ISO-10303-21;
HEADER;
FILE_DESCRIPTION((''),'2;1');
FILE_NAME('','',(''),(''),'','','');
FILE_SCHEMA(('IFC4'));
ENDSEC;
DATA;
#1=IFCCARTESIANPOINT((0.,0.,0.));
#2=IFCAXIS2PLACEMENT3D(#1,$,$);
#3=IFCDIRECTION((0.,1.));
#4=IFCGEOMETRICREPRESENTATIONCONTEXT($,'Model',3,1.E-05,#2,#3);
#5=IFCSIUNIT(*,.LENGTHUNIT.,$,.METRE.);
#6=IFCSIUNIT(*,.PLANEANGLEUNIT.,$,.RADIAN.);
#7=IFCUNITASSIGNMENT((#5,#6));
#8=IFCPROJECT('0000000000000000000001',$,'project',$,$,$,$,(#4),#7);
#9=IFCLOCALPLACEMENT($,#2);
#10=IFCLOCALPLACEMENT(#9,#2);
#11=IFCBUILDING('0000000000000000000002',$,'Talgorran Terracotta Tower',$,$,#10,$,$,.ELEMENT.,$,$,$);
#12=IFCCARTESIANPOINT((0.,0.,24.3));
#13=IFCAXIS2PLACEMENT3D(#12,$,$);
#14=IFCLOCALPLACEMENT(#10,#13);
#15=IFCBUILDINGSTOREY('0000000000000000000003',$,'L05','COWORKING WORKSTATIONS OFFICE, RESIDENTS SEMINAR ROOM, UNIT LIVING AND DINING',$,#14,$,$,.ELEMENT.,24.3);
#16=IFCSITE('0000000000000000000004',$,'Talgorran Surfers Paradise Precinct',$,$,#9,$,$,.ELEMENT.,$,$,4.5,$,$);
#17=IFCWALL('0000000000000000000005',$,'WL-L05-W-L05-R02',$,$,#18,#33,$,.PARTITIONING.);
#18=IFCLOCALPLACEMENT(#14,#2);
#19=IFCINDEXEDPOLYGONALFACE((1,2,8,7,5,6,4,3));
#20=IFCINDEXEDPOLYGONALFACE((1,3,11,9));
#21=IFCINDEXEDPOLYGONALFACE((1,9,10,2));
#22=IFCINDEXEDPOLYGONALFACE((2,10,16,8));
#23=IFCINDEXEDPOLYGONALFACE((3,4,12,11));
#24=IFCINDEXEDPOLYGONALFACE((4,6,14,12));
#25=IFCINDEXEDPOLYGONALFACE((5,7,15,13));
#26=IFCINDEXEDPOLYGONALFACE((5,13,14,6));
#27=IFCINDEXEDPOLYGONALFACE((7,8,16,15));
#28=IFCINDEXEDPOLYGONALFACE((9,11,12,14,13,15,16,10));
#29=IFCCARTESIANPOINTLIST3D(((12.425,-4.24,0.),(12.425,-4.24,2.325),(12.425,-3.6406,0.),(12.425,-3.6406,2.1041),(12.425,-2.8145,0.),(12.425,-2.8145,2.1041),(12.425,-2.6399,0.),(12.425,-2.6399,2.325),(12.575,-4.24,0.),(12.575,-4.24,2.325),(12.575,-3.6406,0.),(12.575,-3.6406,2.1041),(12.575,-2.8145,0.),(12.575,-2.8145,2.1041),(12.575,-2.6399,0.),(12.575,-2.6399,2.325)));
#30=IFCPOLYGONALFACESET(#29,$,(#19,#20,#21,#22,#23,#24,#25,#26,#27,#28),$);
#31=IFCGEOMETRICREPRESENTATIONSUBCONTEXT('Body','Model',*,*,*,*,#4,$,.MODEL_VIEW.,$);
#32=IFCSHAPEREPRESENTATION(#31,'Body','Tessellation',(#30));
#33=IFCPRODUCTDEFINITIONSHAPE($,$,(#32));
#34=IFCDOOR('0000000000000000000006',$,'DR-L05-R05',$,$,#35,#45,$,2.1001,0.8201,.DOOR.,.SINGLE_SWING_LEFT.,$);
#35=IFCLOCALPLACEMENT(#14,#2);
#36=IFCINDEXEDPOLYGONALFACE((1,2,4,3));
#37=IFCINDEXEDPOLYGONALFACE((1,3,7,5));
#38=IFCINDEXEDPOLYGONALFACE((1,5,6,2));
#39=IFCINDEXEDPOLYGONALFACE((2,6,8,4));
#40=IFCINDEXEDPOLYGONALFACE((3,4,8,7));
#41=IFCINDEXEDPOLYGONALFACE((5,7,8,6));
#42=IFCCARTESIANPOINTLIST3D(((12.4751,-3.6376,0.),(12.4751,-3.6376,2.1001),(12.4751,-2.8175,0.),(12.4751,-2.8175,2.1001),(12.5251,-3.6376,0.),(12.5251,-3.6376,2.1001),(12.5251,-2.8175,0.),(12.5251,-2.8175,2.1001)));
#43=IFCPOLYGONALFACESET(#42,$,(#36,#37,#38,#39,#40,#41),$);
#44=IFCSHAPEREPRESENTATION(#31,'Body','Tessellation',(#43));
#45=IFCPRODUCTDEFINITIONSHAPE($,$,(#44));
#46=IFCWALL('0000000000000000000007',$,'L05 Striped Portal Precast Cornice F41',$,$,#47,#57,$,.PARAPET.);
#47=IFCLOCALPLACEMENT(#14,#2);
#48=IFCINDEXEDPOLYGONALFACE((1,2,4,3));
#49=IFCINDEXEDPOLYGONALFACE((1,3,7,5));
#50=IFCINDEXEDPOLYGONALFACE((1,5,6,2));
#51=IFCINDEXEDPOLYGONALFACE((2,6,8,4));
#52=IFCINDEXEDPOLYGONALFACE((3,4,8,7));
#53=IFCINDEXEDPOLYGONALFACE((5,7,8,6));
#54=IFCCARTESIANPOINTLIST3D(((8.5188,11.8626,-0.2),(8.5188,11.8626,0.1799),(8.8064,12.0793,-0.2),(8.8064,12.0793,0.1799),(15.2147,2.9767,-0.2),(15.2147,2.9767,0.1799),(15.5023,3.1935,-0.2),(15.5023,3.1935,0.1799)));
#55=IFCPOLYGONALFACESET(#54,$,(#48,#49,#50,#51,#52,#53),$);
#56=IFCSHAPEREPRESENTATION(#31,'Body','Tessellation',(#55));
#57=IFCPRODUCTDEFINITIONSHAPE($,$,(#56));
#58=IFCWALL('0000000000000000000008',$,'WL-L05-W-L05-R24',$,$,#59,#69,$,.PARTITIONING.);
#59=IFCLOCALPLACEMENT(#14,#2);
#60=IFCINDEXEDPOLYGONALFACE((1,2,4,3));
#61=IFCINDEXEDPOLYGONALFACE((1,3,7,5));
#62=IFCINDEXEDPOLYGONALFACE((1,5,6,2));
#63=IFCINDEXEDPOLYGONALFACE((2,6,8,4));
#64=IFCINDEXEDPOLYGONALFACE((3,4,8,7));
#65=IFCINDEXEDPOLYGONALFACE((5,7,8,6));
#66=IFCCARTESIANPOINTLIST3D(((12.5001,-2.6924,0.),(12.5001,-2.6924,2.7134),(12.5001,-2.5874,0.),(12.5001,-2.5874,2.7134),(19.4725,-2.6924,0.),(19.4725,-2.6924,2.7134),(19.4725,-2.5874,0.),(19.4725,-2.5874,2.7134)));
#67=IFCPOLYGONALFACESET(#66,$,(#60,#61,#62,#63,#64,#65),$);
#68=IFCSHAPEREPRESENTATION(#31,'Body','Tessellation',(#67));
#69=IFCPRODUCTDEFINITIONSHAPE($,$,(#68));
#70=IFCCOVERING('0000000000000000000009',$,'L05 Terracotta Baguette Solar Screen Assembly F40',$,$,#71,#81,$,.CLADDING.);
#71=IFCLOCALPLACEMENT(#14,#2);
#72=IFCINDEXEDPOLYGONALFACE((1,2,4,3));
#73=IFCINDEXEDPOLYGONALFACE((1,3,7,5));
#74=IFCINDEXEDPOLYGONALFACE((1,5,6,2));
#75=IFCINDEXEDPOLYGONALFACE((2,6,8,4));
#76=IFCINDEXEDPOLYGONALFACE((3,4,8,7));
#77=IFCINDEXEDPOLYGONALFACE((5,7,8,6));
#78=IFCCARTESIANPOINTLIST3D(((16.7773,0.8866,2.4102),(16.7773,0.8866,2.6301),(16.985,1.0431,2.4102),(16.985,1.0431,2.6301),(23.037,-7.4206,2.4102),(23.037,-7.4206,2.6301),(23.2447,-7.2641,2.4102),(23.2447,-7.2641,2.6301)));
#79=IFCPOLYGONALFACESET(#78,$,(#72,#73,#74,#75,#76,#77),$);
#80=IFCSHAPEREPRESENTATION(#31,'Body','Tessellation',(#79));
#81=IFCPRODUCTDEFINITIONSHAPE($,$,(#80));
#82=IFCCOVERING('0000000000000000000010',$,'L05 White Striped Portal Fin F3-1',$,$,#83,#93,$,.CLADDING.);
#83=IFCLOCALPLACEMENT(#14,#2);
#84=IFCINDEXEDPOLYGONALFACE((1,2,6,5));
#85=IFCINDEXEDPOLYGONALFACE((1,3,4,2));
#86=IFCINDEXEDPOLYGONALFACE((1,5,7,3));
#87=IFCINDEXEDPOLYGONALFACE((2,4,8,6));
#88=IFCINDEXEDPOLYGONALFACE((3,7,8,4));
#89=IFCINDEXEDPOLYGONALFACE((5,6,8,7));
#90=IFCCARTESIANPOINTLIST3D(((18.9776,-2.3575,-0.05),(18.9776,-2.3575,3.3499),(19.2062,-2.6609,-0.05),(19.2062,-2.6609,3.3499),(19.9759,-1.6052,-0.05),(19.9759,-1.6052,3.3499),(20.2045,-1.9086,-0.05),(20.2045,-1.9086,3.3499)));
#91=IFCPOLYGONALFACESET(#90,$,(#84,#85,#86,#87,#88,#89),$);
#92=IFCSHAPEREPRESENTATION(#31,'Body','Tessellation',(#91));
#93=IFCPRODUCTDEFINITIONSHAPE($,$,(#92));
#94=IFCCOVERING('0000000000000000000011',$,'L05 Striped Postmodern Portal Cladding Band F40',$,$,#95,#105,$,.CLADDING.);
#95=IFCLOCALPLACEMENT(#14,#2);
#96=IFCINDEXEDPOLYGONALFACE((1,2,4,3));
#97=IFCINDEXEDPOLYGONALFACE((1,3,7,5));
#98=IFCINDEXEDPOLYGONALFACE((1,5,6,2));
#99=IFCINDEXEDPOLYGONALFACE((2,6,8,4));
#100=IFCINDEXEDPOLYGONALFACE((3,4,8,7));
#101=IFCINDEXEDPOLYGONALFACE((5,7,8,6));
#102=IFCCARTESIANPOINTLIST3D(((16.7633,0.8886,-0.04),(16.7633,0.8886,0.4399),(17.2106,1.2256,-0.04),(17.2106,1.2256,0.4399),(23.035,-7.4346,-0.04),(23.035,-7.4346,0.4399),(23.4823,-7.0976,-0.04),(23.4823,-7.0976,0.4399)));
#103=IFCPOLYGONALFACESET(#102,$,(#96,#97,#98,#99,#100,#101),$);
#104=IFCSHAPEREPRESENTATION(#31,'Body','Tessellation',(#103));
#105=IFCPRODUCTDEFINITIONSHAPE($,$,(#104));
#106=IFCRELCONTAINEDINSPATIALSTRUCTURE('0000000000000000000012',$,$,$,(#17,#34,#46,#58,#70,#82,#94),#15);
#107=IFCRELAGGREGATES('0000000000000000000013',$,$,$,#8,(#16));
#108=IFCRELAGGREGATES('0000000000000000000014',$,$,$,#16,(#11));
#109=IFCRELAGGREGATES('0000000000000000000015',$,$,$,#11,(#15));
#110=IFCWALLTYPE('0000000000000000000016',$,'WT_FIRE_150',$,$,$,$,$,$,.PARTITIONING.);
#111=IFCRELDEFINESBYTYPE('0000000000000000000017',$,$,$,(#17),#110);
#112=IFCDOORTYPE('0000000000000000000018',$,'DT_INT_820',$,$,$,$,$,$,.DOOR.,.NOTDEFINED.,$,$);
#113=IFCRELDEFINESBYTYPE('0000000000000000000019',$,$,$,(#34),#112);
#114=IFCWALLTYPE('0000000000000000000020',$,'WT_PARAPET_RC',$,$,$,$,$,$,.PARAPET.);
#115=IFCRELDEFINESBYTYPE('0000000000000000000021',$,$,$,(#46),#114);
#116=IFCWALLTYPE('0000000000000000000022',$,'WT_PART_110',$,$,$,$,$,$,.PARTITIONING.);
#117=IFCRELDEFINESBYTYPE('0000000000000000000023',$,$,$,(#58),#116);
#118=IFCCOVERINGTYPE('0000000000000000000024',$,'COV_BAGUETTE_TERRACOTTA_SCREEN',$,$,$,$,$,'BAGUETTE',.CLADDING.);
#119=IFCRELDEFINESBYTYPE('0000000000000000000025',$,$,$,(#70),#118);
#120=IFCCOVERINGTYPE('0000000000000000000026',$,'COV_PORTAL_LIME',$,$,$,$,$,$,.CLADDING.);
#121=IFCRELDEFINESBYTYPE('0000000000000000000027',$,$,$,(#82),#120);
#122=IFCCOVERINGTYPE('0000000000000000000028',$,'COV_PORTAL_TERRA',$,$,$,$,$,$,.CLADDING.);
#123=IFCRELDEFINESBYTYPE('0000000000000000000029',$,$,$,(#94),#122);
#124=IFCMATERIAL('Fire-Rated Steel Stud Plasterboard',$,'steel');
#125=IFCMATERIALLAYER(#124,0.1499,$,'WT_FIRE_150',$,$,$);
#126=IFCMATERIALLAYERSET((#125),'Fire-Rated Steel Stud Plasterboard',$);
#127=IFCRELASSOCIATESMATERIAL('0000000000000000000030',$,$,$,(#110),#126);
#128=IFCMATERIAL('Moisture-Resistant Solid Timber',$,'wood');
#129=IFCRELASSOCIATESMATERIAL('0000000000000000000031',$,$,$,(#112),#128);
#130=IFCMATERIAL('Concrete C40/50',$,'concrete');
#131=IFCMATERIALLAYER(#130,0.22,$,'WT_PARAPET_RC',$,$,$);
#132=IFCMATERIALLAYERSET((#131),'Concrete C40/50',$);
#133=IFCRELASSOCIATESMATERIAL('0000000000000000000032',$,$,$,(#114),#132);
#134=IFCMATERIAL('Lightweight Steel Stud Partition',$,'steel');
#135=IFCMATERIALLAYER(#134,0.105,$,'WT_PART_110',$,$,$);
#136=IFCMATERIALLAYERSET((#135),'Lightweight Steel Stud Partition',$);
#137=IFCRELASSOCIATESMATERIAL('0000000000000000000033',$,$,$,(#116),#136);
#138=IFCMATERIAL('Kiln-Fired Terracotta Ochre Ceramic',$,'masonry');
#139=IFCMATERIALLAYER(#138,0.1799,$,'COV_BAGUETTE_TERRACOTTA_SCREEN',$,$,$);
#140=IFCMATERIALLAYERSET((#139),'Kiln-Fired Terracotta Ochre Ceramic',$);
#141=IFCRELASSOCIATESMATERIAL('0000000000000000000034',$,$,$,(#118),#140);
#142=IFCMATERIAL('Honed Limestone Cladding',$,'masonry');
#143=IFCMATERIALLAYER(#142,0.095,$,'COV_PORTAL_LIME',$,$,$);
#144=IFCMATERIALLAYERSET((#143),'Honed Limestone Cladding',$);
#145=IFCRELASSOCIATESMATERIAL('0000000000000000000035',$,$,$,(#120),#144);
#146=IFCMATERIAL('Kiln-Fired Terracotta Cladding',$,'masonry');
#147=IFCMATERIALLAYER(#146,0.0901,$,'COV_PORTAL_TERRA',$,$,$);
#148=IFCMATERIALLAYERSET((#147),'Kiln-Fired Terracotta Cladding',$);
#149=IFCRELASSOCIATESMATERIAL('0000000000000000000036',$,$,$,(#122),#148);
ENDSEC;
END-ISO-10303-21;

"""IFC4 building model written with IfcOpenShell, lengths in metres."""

from ifc_helpers import new_model, si_unit, direction, frame, frame_2d, origin, origin_2d, place, context, subcontext, project, spatial, rectangle, extrude, material, layer, layer_set, type_object, element, fill, save


model = new_model("IFC4")

# Units and contexts
model_context = context("Model", 3, precision=1e-05, world=origin(), true_north=direction((0.0, 1.0)))
body_context = subcontext(model_context, "Body", "Model", "MODEL_VIEW")
ifc_project = project(units=[si_unit("LENGTHUNIT", "METRE"), si_unit("PLANEANGLEUNIT", "RADIAN")], contexts=[model_context])

# Site, building, storey
site_placement = place(None, origin())
site = spatial("IfcSite", under=ifc_project, at=site_placement, Name="Talgorran Surfers Paradise Precinct", CompositionType="ELEMENT", RefElevation=4.5)
building_placement = place(site_placement, origin())
building = spatial("IfcBuilding", under=site, at=building_placement, Name="Talgorran Terracotta Tower", CompositionType="ELEMENT")
storey_placement = place(building_placement, frame((0.0, 0.0, 24.3)))
storey = spatial("IfcBuildingStorey", under=building, at=storey_placement, Name="L05", Description="COWORKING WORKSTATIONS OFFICE, RESIDENTS SEMINAR ROOM, UNIT LIVING AND DINING", CompositionType="ELEMENT", Elevation=24.3)

# Shared definitions
ifc_material_1 = material(Name="Concrete C40/50", Category="concrete")
ifc_material_2 = material(Name="Fire-Rated Steel Stud Plasterboard", Category="steel")
ifc_layer_1 = layer(ifc_material_2, 0.1499, Name="WT_FIRE_150")
ifc_layer_set_1 = layer_set([ifc_layer_1], Name="Fire-Rated Steel Stud Plasterboard")
wall_type_1 = type_object("IfcWallType", Name="WT_FIRE_150", PredefinedType="PARTITIONING", material=ifc_layer_set_1)

# Wall, opening, door
wall_1_placement = place(storey_placement, frame((12.5, -4.24, 0.0), z_axis=(0.0, 0.0, 1.0), x_axis=(0.0, 1.0, 0.0)))
wall_1 = element("IfcWall", 1, at=wall_1_placement, inside=storey, type_object=wall_type_1, Name="WL-L05-W-L05-R02", PredefinedType="PARTITIONING", context=body_context, shape_type="SweptSolid", body=[
    extrude(rectangle(XDim=1.6001, YDim=0.1499, at=frame_2d((0.8, 0.0))), origin(), (0.0, 0.0, 1.0), 2.325),
])
opening_1_placement = place(wall_1_placement, frame((0.6023, 0.0, 0.0)))
opening_1 = element("IfcOpeningElement", 2, at=opening_1_placement, cuts=wall_1, PredefinedType="OPENING", context=body_context, shape_type="SweptSolid", body=[
    extrude(rectangle(XDim=0.8261, YDim=2.1041, at=frame_2d((0.4102, 1.052))), frame((0.0, 0.085, 0.0), z_axis=(0.0, -1.0, 0.0), x_axis=(1.0, 0.0, 0.0)), (0.0, 0.0, 1.0), 0.1699),
])
ifc_material_3 = material(Name="Moisture-Resistant Solid Timber", Category="wood")
door_type_1 = type_object("IfcDoorType", Name="DT_INT_820", OperationType="NOTDEFINED", PredefinedType="DOOR", material=ifc_material_3)
door_1_placement = place(opening_1_placement, origin())
door_1 = element("IfcDoor", 3, at=door_1_placement, inside=storey, type_object=door_type_1, Name="DR-L05-R05", OperationType="SINGLE_SWING_LEFT", OverallHeight=2.1001, OverallWidth=0.8201, PredefinedType="DOOR", context=body_context, shape_type="SweptSolid", body=[
    extrude(rectangle(XDim=0.8201, YDim=2.1001, at=frame_2d((0.4102, 1.05))), frame((0.0, 0.0249, 0.0), z_axis=(0.0, -1.0, 0.0), x_axis=(1.0, 0.0, 0.0)), (0.0, 0.0, 1.0), 0.05),
])
fill(opening_1, door_1)

# Walls
ifc_layer_2 = layer(ifc_material_1, 0.22, Name="WT_PARAPET_RC")
ifc_layer_set_2 = layer_set([ifc_layer_2], Name="Concrete C40/50")
wall_type_2 = type_object("IfcWallType", Name="WT_PARAPET_RC", PredefinedType="PARAPET", material=ifc_layer_set_2)
wall_2_placement = place(storey_placement, frame((15.3584, 3.0852, -0.2), z_axis=(0.0, 0.0, 1.0), x_axis=(-0.60181, 0.798639, 0.0)))
element("IfcWall", 4, at=wall_2_placement, inside=storey, type_object=wall_type_2, Name="L05 Striped Portal Precast Cornice F41", PredefinedType="PARAPET", context=body_context, shape_type="SweptSolid", body=[
    extrude(rectangle(XDim=11.1262, YDim=0.3601, at=frame_2d((5.563, 0.0))), origin(), (0.0, 0.0, 1.0), 0.3799),
])
ifc_material_4 = material(Name="Lightweight Steel Stud Partition", Category="steel")
ifc_layer_3 = layer(ifc_material_4, 0.105, Name="WT_PART_110")
ifc_layer_set_3 = layer_set([ifc_layer_3], Name="Lightweight Steel Stud Partition")
wall_type_3 = type_object("IfcWallType", Name="WT_PART_110", PredefinedType="PARTITIONING", material=ifc_layer_set_3)
wall_3_placement = place(storey_placement, frame((12.5, -2.6399, 0.0), z_axis=(0.0, 0.0, 1.0), x_axis=(1.0, 0.0, 0.0)))
element("IfcWall", 5, at=wall_3_placement, inside=storey, type_object=wall_type_3, Name="WL-L05-W-L05-R24", PredefinedType="PARTITIONING", context=body_context, shape_type="SweptSolid", body=[
    extrude(rectangle(XDim=6.9724, YDim=0.105, at=frame_2d((3.4863, 0.0))), origin(), (0.0, 0.0, 1.0), 2.7134),
])

# Coverings
ifc_material_5 = material(Name="Kiln-Fired Terracotta Ochre Ceramic", Category="masonry")
ifc_layer_4 = layer(ifc_material_5, 0.1799, Name="COV_BAGUETTE_TERRACOTTA_SCREEN")
ifc_layer_set_4 = layer_set([ifc_layer_4], Name="Kiln-Fired Terracotta Ochre Ceramic")
covering_type_1 = type_object("IfcCoveringType", Name="COV_BAGUETTE_TERRACOTTA_SCREEN", ElementType="BAGUETTE", PredefinedType="CLADDING", material=ifc_layer_set_4)
covering_1_placement = place(storey_placement, frame((20.011, -3.1887, 2.4102), z_axis=(0.0, 0.0, 1.0), x_axis=(-0.601801, 0.798646, 0.0)))
element("IfcCovering", 6, at=covering_1_placement, inside=storey, type_object=covering_type_1, Name="L05 Terracotta Baguette Solar Screen Assembly F40", PredefinedType="CLADDING", context=body_context, shape_type="SweptSolid", body=[
    extrude(rectangle(XDim=10.4016, YDim=0.26, at=origin_2d()), origin(), (0.0, 0.0, 1.0), 0.22),
])
ifc_material_6 = material(Name="Honed Limestone Cladding", Category="masonry")
ifc_layer_5 = layer(ifc_material_6, 0.095, Name="COV_PORTAL_LIME")
ifc_layer_set_5 = layer_set([ifc_layer_5], Name="Honed Limestone Cladding")
covering_type_2 = type_object("IfcCoveringType", Name="COV_PORTAL_LIME", PredefinedType="CLADDING", material=ifc_layer_set_5)
covering_2_placement = place(storey_placement, frame((19.5911, -2.1331, -0.05), z_axis=(0.0, 0.0, 1.0), x_axis=(-0.601815, 0.798636, 0.0)))
element("IfcCovering", 7, at=covering_2_placement, inside=storey, type_object=covering_type_2, Name="L05 White Striped Portal Fin F3-1", PredefinedType="CLADDING", context=body_context, shape_type="SweptSolid", body=[
    extrude(rectangle(XDim=0.3799, YDim=1.25, at=origin_2d()), origin(), (0.0, 0.0, 1.0), 3.3999),
])
ifc_material_7 = material(Name="Kiln-Fired Terracotta Cladding", Category="masonry")
ifc_layer_6 = layer(ifc_material_7, 0.0901, Name="COV_PORTAL_TERRA")
ifc_layer_set_6 = layer_set([ifc_layer_6], Name="Kiln-Fired Terracotta Cladding")
covering_type_3 = type_object("IfcCoveringType", Name="COV_PORTAL_TERRA", PredefinedType="CLADDING", material=ifc_layer_set_6)
covering_3_placement = place(storey_placement, frame((20.1228, -3.1045, -0.04), z_axis=(0.0, 0.0, 1.0), x_axis=(-0.601801, 0.798646, 0.0)))
element("IfcCovering", 8, at=covering_3_placement, inside=storey, type_object=covering_type_3, Name="L05 Striped Postmodern Portal Cladding Band F40", PredefinedType="CLADDING", context=body_context, shape_type="SweptSolid", body=[
    extrude(rectangle(XDim=10.4216, YDim=0.5601, at=origin_2d()), origin(), (0.0, 0.0, 1.0), 0.48),
])

save(model, "model.ifc")
